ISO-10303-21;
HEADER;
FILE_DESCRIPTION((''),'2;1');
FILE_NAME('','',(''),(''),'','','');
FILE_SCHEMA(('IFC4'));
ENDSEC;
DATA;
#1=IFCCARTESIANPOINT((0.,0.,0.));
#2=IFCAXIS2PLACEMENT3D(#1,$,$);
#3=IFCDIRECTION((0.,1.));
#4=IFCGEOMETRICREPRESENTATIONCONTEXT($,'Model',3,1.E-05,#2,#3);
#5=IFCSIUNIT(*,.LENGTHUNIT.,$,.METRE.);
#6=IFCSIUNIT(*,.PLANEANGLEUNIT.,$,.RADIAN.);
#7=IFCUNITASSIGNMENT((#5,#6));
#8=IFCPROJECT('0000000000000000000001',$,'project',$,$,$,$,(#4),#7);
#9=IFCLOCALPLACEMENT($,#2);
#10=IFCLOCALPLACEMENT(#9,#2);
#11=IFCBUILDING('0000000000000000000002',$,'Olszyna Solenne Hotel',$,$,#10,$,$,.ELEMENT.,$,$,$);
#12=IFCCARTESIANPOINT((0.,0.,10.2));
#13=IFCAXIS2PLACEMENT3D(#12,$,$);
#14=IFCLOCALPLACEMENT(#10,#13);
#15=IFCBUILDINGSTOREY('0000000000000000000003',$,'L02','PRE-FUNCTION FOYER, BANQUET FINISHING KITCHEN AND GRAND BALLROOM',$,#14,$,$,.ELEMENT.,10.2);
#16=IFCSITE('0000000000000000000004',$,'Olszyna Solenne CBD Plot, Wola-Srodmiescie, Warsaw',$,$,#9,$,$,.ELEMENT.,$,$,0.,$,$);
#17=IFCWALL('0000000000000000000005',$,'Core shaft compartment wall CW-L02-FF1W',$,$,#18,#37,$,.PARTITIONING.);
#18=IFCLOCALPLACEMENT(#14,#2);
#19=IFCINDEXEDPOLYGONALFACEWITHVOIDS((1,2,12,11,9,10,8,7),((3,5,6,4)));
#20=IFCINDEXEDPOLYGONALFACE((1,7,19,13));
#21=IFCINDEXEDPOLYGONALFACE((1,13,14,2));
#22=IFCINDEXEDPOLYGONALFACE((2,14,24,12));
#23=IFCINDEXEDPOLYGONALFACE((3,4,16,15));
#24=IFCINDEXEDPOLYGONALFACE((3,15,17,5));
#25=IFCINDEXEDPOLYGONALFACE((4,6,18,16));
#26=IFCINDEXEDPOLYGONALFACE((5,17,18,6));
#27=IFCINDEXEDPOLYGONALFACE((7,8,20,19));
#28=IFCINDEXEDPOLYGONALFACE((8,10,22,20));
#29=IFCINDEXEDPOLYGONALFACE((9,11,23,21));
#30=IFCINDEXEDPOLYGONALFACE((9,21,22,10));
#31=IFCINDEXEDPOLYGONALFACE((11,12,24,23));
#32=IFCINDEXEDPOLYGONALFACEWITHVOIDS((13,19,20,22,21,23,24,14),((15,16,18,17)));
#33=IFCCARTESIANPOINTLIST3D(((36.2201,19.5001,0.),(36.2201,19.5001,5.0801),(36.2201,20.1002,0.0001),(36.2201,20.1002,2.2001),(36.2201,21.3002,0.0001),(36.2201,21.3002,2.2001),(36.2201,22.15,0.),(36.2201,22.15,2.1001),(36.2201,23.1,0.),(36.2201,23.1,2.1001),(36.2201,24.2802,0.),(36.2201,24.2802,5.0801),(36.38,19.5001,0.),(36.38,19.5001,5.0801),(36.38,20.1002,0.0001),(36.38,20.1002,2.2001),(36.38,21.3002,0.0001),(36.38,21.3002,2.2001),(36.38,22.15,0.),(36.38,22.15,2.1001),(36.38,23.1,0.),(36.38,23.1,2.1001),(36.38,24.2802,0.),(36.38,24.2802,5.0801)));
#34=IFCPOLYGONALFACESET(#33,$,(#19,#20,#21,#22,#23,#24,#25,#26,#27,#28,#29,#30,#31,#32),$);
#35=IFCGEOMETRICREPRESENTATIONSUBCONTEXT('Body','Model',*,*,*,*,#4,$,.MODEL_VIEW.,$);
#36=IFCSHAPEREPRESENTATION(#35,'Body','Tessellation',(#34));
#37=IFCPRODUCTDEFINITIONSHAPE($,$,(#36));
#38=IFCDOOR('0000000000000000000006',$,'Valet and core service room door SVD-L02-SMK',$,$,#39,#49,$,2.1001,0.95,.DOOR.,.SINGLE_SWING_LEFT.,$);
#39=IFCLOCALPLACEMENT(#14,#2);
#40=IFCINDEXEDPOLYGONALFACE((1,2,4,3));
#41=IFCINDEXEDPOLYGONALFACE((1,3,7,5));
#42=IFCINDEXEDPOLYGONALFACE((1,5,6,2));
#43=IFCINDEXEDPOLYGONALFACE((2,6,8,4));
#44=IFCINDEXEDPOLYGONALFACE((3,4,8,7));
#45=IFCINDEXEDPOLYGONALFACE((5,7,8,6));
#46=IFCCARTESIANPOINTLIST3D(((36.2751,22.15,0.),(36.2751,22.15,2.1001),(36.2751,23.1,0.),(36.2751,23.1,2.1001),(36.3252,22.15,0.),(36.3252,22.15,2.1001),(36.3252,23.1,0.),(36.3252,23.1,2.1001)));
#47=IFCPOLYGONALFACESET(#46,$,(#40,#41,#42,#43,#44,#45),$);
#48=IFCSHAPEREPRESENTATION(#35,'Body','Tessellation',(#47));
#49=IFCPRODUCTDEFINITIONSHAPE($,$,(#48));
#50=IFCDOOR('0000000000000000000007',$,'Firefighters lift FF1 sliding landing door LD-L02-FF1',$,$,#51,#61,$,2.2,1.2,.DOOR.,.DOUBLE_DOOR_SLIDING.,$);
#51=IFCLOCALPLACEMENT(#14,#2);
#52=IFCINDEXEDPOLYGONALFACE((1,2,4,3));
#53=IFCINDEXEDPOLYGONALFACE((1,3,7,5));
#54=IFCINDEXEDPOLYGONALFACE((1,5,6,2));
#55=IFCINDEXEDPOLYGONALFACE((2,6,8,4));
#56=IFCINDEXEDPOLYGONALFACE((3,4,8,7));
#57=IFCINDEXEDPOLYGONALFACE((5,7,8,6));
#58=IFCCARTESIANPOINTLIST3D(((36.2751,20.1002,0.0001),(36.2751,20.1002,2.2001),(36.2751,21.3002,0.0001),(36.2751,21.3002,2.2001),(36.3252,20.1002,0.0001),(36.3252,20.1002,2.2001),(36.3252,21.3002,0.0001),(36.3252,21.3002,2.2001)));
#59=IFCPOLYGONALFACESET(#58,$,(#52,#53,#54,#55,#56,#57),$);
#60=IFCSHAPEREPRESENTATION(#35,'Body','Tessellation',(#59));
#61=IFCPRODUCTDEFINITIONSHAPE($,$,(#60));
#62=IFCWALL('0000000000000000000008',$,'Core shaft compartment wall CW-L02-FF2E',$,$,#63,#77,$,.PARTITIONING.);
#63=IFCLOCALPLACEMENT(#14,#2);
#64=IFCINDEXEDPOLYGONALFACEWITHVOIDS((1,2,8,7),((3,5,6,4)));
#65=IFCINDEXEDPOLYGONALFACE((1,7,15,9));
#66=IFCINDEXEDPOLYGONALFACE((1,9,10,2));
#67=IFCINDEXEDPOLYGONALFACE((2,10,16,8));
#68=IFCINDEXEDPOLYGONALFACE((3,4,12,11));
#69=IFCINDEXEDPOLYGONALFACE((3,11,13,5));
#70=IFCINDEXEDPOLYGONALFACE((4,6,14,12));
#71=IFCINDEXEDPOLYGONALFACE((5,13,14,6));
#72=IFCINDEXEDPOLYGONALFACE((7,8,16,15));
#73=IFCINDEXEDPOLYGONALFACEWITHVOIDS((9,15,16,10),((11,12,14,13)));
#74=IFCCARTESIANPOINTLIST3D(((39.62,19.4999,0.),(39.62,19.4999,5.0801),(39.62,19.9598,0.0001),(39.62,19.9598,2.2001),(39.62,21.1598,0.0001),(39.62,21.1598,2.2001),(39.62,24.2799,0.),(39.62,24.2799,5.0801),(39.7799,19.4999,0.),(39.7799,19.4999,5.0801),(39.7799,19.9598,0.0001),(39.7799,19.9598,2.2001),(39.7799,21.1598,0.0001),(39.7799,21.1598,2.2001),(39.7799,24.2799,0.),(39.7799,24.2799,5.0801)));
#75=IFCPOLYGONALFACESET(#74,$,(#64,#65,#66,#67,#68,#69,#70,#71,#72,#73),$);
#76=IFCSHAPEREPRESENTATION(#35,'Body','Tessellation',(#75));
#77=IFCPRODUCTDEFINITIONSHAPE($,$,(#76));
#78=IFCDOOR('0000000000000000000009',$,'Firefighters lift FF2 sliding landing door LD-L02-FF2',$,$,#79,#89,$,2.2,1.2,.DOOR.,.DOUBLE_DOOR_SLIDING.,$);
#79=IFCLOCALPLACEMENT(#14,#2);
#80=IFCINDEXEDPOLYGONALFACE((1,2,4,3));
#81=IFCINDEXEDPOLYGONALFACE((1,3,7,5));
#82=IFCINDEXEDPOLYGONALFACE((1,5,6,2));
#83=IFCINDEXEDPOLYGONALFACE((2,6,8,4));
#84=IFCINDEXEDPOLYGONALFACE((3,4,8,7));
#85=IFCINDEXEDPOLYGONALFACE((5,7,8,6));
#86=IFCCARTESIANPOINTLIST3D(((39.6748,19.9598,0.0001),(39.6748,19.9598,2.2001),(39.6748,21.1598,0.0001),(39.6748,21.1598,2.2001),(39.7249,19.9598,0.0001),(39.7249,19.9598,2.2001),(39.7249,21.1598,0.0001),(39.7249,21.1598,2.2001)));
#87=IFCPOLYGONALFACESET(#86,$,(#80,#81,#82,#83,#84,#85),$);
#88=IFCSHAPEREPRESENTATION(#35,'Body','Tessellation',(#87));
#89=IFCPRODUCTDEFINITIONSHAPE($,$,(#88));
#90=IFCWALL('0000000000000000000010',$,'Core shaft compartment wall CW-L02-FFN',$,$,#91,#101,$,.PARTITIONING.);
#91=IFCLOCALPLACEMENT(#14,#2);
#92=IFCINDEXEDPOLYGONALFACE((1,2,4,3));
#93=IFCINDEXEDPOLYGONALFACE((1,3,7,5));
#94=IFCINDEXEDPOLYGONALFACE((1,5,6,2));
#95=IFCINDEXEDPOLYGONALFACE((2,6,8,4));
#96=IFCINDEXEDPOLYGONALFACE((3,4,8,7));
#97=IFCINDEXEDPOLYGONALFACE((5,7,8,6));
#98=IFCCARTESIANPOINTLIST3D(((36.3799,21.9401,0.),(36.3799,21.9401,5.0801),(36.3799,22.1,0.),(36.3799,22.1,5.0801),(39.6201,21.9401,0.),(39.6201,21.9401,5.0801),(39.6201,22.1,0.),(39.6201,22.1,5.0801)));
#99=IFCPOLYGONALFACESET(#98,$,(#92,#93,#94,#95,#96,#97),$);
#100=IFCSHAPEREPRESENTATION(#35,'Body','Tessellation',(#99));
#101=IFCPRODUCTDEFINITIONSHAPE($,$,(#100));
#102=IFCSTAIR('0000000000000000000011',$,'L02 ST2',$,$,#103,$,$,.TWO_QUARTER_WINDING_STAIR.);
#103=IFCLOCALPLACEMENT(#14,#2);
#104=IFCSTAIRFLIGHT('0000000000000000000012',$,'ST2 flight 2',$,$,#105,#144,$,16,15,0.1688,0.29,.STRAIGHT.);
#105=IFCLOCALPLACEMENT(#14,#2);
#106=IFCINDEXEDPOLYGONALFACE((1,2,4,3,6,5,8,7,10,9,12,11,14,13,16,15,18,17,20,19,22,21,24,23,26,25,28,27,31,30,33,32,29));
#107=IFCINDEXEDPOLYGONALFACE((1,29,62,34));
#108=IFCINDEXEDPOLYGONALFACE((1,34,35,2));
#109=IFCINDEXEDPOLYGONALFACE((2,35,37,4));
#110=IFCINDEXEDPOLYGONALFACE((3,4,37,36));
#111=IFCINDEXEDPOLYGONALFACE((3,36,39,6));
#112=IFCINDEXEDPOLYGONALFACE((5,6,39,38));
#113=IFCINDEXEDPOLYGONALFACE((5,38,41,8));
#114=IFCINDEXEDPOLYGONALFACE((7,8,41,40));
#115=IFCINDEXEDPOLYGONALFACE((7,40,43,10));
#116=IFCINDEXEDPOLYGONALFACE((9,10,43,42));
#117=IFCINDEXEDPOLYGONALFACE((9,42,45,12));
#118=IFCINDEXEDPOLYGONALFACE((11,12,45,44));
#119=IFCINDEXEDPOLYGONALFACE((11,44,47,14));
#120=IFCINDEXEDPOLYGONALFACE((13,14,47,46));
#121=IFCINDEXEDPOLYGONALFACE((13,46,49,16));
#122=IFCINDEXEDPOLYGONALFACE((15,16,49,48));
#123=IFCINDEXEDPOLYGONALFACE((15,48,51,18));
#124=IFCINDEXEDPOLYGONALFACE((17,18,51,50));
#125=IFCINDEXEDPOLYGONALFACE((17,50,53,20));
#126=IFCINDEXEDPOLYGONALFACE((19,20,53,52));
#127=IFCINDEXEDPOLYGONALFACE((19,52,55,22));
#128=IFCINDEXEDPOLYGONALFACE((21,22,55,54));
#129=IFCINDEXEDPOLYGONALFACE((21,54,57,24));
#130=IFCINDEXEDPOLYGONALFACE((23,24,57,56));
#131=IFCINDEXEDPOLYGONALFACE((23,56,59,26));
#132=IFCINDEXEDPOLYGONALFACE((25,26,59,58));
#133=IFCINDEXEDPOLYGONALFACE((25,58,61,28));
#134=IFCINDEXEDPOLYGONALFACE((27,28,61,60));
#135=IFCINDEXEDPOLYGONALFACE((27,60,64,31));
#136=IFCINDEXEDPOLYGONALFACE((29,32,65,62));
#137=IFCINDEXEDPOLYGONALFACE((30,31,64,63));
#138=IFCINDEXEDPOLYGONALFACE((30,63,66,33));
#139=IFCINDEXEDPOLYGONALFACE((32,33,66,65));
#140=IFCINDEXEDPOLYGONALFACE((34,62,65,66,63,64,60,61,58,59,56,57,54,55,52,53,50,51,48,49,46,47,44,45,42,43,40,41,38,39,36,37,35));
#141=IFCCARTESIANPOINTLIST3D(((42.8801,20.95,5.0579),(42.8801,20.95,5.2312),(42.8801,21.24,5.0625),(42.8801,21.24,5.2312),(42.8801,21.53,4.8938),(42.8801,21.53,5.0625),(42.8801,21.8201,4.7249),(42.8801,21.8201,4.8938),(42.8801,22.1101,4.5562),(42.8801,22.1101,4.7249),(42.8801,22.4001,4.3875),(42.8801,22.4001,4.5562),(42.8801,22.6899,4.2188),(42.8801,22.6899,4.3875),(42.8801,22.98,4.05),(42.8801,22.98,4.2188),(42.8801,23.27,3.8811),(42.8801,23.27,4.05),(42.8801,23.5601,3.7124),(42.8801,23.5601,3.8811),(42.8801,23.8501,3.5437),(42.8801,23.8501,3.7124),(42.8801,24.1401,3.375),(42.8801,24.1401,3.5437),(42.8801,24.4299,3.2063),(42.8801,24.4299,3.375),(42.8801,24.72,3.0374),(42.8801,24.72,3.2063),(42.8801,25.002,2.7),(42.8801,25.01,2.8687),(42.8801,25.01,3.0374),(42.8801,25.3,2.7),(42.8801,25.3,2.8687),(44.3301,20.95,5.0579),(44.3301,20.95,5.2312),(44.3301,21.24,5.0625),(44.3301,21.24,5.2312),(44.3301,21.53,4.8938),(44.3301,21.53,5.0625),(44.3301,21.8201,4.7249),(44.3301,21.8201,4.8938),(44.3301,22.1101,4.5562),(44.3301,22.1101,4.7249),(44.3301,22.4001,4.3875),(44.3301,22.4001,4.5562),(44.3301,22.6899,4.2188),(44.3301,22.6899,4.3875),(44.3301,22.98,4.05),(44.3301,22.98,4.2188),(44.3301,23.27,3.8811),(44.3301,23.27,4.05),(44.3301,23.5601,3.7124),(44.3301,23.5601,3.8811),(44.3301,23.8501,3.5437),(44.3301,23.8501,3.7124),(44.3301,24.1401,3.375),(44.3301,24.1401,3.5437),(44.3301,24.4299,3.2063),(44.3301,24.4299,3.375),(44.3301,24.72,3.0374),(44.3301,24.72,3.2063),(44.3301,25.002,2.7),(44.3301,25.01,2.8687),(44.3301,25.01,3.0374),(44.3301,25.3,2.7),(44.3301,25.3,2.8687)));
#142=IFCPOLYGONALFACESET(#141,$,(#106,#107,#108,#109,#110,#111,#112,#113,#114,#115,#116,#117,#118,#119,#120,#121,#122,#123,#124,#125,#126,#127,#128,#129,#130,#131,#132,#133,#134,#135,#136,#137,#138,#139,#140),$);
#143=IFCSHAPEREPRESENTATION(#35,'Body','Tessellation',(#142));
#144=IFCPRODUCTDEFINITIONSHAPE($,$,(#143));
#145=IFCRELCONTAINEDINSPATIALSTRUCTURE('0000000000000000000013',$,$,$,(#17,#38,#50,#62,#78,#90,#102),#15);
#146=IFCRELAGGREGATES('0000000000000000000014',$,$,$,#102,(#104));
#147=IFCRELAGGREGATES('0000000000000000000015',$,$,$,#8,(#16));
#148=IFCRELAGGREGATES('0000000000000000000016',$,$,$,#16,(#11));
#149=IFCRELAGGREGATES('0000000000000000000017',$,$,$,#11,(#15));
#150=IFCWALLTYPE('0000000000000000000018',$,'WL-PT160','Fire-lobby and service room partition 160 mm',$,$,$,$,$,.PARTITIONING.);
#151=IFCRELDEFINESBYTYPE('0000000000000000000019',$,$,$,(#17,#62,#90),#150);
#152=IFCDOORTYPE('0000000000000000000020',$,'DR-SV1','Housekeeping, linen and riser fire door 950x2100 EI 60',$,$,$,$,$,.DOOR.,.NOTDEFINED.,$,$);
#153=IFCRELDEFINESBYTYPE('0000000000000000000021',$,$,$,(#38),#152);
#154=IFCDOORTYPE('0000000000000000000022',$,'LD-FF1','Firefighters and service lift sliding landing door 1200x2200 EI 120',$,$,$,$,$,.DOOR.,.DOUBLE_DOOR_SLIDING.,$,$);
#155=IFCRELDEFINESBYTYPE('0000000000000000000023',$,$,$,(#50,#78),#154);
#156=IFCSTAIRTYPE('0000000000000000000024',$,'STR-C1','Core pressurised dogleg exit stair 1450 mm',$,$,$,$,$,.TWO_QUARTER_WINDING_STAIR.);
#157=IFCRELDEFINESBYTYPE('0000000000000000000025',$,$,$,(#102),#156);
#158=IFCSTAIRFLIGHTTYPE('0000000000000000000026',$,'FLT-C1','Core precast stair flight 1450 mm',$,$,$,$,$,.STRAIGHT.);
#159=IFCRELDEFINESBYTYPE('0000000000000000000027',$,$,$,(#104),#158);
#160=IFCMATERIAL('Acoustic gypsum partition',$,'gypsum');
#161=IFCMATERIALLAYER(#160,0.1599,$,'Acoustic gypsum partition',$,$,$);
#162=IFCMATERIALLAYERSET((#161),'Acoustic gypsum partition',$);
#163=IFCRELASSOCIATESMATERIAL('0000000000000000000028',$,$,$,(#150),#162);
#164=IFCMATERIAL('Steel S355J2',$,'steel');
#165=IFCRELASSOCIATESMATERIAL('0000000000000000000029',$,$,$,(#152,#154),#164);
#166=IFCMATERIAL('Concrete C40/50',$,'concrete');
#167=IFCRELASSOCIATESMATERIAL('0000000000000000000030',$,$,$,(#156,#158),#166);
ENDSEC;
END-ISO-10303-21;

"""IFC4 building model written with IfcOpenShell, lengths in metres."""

from ifc_helpers import new_model, si_unit, direction, frame, frame_2d, origin, place, context, subcontext, project, spatial, polyline, rectangle, outline, extrude, source, transform, mapped, material, layer, layer_set, type_object, type_shapes, element, fill, aggregate, save


model = new_model("IFC4")

# Units and contexts
model_context = context("Model", 3, precision=1e-05, world=origin(), true_north=direction((0.0, 1.0)))
body_context = subcontext(model_context, "Body", "Model", "MODEL_VIEW")
ifc_project = project(units=[si_unit("LENGTHUNIT", "METRE"), si_unit("PLANEANGLEUNIT", "RADIAN")], contexts=[model_context])

# Site, building, storey
site_placement = place(None, origin())
site = spatial("IfcSite", under=ifc_project, at=site_placement, Name="Olszyna Solenne CBD Plot, Wola-Srodmiescie, Warsaw", CompositionType="ELEMENT", RefElevation=0.0)
building_placement = place(site_placement, origin())
building = spatial("IfcBuilding", under=site, at=building_placement, Name="Olszyna Solenne Hotel", CompositionType="ELEMENT")
storey_placement = place(building_placement, frame((0.0, 0.0, 10.2)))
storey = spatial("IfcBuildingStorey", under=building, at=storey_placement, Name="L02", Description="PRE-FUNCTION FOYER, BANQUET FINISHING KITCHEN AND GRAND BALLROOM", CompositionType="ELEMENT", Elevation=10.2)

# Shared definitions
ifc_material_1 = material(Name="Steel S355J2", Category="steel")

# Shared definitions
ifc_material_2 = material(Name="Acoustic gypsum partition", Category="gypsum")

# Wall, openings, doors
ifc_layer_1 = layer(ifc_material_2, 0.1599, Name="Acoustic gypsum partition")
ifc_layer_set_1 = layer_set([ifc_layer_1], Name="Acoustic gypsum partition")
wall_type_1 = type_object("IfcWallType", Name="WL-PT160", Description="Fire-lobby and service room partition 160 mm", PredefinedType="PARTITIONING", material=ifc_layer_set_1)
wall_1_placement = place(storey_placement, frame((36.3, 19.5, 0.0), z_axis=(0.0, 0.0, 1.0), x_axis=(0.0, 1.0, 0.0)))
wall_1 = element("IfcWall", 1, at=wall_1_placement, inside=storey, type_object=wall_type_1, Name="Core shaft compartment wall CW-L02-FF1W", PredefinedType="PARTITIONING", context=body_context, shape_type="SweptSolid", body=[
    extrude(rectangle(XDim=4.78, YDim=0.1599, at=frame_2d((2.3901, 0.0))), origin(), (0.0, 0.0, 1.0), 5.0801),
])
opening_1_placement = place(wall_1_placement, frame((0.6001, 0.0, 0.0)))
opening_1 = element("IfcOpeningElement", 2, at=opening_1_placement, cuts=wall_1, PredefinedType="OPENING", context=body_context, shape_type="SweptSolid", body=[
    extrude(rectangle(XDim=1.2, YDim=2.2, at=frame_2d((0.6001, 1.1001))), frame((0.0, 0.0898, 0.0), z_axis=(0.0, -1.0, 0.0), x_axis=(1.0, 0.0, 0.0)), (0.0, 0.0, 1.0), 0.1799),
])
opening_2_placement = place(wall_1_placement, frame((2.6499, 0.0, 0.0)))
opening_2 = element("IfcOpeningElement", 3, at=opening_2_placement, cuts=wall_1, PredefinedType="OPENING", context=body_context, shape_type="SweptSolid", body=[
    extrude(rectangle(XDim=0.95, YDim=2.1001, at=frame_2d((0.4751, 1.05))), frame((0.0, 0.0898, 0.0), z_axis=(0.0, -1.0, 0.0), x_axis=(1.0, 0.0, 0.0)), (0.0, 0.0, 1.0), 0.1799),
])
door_type_1 = type_object("IfcDoorType", Name="DR-SV1", Description="Housekeeping, linen and riser fire door 950x2100 EI 60", OperationType="NOTDEFINED", PredefinedType="DOOR", material=ifc_material_1)
shared_shape_1 = source(origin(), body_context, "Body", "SweptSolid", [
    extrude(rectangle(XDim=0.95, YDim=2.1001, at=frame_2d((0.4751, 1.05))), frame((0.0, 0.0249, 0.0), z_axis=(0.0, -1.0, 0.0), x_axis=(1.0, 0.0, 0.0)), (0.0, 0.0, 1.0), 0.05),
])
type_shapes(door_type_1, [shared_shape_1])
door_1_placement = place(opening_2_placement, origin())
door_1 = element("IfcDoor", 4, at=door_1_placement, inside=storey, type_object=door_type_1, Name="Valet and core service room door SVD-L02-SMK", OperationType="SINGLE_SWING_LEFT", OverallHeight=2.1001, OverallWidth=0.95, PredefinedType="DOOR", context=body_context, shape_type="MappedRepresentation", body=[
    mapped(shared_shape_1, transform((0.0, 0.0, 0.0), x_axis=(1.0, 0.0, 0.0), y_axis=(0.0, 1.0, 0.0), z_axis=(0.0, 0.0, 1.0), scale=1.0)),
])
fill(opening_2, door_1)
door_type_2 = type_object("IfcDoorType", Name="LD-FF1", Description="Firefighters and service lift sliding landing door 1200x2200 EI 120", OperationType="DOUBLE_DOOR_SLIDING", PredefinedType="DOOR", material=ifc_material_1)
shared_shape_2 = source(origin(), body_context, "Body", "SweptSolid", [
    extrude(rectangle(XDim=1.2, YDim=2.2, at=frame_2d((0.6001, 1.1001))), frame((0.0, 0.0249, 0.0), z_axis=(0.0, -1.0, 0.0), x_axis=(1.0, 0.0, 0.0)), (0.0, 0.0, 1.0), 0.05),
])
type_shapes(door_type_2, [shared_shape_2])
door_2_placement = place(opening_1_placement, origin())
door_2 = element("IfcDoor", 5, at=door_2_placement, inside=storey, type_object=door_type_2, Name="Firefighters lift FF1 sliding landing door LD-L02-FF1", OperationType="DOUBLE_DOOR_SLIDING", OverallHeight=2.2, OverallWidth=1.2, PredefinedType="DOOR", context=body_context, shape_type="MappedRepresentation", body=[
    mapped(shared_shape_2, transform((0.0, 0.0, 0.0), x_axis=(1.0, 0.0, 0.0), y_axis=(0.0, 1.0, 0.0), z_axis=(0.0, 0.0, 1.0), scale=1.0)),
])
fill(opening_1, door_2)

# Wall, opening, door
wall_2_placement = place(storey_placement, frame((39.7, 24.28, 0.0), z_axis=(0.0, 0.0, 1.0), x_axis=(0.0, -1.0, 0.0)))
wall_2 = element("IfcWall", 6, at=wall_2_placement, inside=storey, type_object=wall_type_1, Name="Core shaft compartment wall CW-L02-FF2E", PredefinedType="PARTITIONING", context=body_context, shape_type="SweptSolid", body=[
    extrude(rectangle(XDim=4.78, YDim=0.1599, at=frame_2d((2.3901, 0.0))), origin(), (0.0, 0.0, 1.0), 5.0801),
])
opening_3_placement = place(wall_2_placement, frame((3.1201, 0.0, 0.0)))
opening_3 = element("IfcOpeningElement", 7, at=opening_3_placement, cuts=wall_2, PredefinedType="OPENING", context=body_context, shape_type="SweptSolid", body=[
    extrude(rectangle(XDim=1.2, YDim=2.2, at=frame_2d((0.6001, 1.1001))), frame((0.0, 0.0898, 0.0), z_axis=(0.0, -1.0, 0.0), x_axis=(1.0, 0.0, 0.0)), (0.0, 0.0, 1.0), 0.1799),
])
door_3_placement = place(opening_3_placement, origin())
door_3 = element("IfcDoor", 8, at=door_3_placement, inside=storey, type_object=door_type_2, Name="Firefighters lift FF2 sliding landing door LD-L02-FF2", OperationType="DOUBLE_DOOR_SLIDING", OverallHeight=2.2, OverallWidth=1.2, PredefinedType="DOOR", context=body_context, shape_type="MappedRepresentation", body=[
    mapped(shared_shape_2, transform((0.0, 0.0, 0.0), x_axis=(1.0, 0.0, 0.0), y_axis=(0.0, 1.0, 0.0), z_axis=(0.0, 0.0, 1.0), scale=1.0)),
])
fill(opening_3, door_3)

# Wall
wall_3_placement = place(storey_placement, frame((36.3799, 22.02, 0.0), z_axis=(0.0, 0.0, 1.0), x_axis=(1.0, 0.0, 0.0)))
element("IfcWall", 9, at=wall_3_placement, inside=storey, type_object=wall_type_1, Name="Core shaft compartment wall CW-L02-FFN", PredefinedType="PARTITIONING", context=body_context, shape_type="SweptSolid", body=[
    extrude(rectangle(XDim=3.2402, YDim=0.1599, at=frame_2d((1.6201, 0.0))), origin(), (0.0, 0.0, 1.0), 5.0801),
])

# Stair, stair flight
ifc_material_3 = material(Name="Concrete C40/50", Category="concrete")
stair_type = type_object("IfcStairType", Name="STR-C1", Description="Core pressurised dogleg exit stair 1450 mm", PredefinedType="TWO_QUARTER_WINDING_STAIR", material=ifc_material_3)
stair_placement = place(storey_placement, origin())
stair = element("IfcStair", 10, at=stair_placement, inside=storey, type_object=stair_type, Name="L02 ST2", PredefinedType="TWO_QUARTER_WINDING_STAIR")
stair_flight_type = type_object("IfcStairFlightType", Name="FLT-C1", Description="Core precast stair flight 1450 mm", PredefinedType="STRAIGHT", material=ifc_material_3)
stair_flight_placement = place(storey_placement, frame((43.605, 25.3, 2.7), z_axis=(0.0, 0.0, 1.0), x_axis=(0.0, -1.0, 0.0)))
stair_flight = element("IfcStairFlight", 11, at=stair_flight_placement, type_object=stair_flight_type, Name="ST2 flight 2", NumberOfRisers=16, NumberOfTreads=15, PredefinedType="STRAIGHT", RiserHeight=0.1688, TreadLength=0.29, context=body_context, shape_type="SweptSolid", body=[
    extrude(outline(polyline([(0.0, 0.0), (0.0, 0.1687), (0.29, 0.1687), (0.29, 0.3374), (0.5801, 0.3374), (0.5801, 0.5063), (0.8701, 0.5063), (0.8701, 0.675), (1.1599, 0.675), (1.1599, 0.8438), (1.45, 0.8438), (1.45, 1.0125), (1.74, 1.0125), (1.74, 1.1812), (2.03, 1.1812), (2.03, 1.3501), (2.3201, 1.3501), (2.3201, 1.5188), (2.6101, 1.5188), (2.6101, 1.6875), (2.8999, 1.6875), (2.8999, 1.8562), (3.1899, 1.8562), (3.1899, 2.0249), (3.48, 2.0249), (3.48, 2.1938), (3.77, 2.1938), (3.77, 2.3625), (4.0601, 2.3625), (4.0601, 2.5312), (4.3501, 2.5312), (4.3501, 2.7), (4.3501, 2.3579), (0.2981, 0.0), (0.0, 0.0)])), frame((0.0, 0.7251, 0.0), z_axis=(0.0, -1.0, 0.0), x_axis=(1.0, 0.0, 0.0)), (0.0, 0.0, 1.0), 1.45),
])
aggregate(stair, [stair_flight])

save(model, "model.ifc")
